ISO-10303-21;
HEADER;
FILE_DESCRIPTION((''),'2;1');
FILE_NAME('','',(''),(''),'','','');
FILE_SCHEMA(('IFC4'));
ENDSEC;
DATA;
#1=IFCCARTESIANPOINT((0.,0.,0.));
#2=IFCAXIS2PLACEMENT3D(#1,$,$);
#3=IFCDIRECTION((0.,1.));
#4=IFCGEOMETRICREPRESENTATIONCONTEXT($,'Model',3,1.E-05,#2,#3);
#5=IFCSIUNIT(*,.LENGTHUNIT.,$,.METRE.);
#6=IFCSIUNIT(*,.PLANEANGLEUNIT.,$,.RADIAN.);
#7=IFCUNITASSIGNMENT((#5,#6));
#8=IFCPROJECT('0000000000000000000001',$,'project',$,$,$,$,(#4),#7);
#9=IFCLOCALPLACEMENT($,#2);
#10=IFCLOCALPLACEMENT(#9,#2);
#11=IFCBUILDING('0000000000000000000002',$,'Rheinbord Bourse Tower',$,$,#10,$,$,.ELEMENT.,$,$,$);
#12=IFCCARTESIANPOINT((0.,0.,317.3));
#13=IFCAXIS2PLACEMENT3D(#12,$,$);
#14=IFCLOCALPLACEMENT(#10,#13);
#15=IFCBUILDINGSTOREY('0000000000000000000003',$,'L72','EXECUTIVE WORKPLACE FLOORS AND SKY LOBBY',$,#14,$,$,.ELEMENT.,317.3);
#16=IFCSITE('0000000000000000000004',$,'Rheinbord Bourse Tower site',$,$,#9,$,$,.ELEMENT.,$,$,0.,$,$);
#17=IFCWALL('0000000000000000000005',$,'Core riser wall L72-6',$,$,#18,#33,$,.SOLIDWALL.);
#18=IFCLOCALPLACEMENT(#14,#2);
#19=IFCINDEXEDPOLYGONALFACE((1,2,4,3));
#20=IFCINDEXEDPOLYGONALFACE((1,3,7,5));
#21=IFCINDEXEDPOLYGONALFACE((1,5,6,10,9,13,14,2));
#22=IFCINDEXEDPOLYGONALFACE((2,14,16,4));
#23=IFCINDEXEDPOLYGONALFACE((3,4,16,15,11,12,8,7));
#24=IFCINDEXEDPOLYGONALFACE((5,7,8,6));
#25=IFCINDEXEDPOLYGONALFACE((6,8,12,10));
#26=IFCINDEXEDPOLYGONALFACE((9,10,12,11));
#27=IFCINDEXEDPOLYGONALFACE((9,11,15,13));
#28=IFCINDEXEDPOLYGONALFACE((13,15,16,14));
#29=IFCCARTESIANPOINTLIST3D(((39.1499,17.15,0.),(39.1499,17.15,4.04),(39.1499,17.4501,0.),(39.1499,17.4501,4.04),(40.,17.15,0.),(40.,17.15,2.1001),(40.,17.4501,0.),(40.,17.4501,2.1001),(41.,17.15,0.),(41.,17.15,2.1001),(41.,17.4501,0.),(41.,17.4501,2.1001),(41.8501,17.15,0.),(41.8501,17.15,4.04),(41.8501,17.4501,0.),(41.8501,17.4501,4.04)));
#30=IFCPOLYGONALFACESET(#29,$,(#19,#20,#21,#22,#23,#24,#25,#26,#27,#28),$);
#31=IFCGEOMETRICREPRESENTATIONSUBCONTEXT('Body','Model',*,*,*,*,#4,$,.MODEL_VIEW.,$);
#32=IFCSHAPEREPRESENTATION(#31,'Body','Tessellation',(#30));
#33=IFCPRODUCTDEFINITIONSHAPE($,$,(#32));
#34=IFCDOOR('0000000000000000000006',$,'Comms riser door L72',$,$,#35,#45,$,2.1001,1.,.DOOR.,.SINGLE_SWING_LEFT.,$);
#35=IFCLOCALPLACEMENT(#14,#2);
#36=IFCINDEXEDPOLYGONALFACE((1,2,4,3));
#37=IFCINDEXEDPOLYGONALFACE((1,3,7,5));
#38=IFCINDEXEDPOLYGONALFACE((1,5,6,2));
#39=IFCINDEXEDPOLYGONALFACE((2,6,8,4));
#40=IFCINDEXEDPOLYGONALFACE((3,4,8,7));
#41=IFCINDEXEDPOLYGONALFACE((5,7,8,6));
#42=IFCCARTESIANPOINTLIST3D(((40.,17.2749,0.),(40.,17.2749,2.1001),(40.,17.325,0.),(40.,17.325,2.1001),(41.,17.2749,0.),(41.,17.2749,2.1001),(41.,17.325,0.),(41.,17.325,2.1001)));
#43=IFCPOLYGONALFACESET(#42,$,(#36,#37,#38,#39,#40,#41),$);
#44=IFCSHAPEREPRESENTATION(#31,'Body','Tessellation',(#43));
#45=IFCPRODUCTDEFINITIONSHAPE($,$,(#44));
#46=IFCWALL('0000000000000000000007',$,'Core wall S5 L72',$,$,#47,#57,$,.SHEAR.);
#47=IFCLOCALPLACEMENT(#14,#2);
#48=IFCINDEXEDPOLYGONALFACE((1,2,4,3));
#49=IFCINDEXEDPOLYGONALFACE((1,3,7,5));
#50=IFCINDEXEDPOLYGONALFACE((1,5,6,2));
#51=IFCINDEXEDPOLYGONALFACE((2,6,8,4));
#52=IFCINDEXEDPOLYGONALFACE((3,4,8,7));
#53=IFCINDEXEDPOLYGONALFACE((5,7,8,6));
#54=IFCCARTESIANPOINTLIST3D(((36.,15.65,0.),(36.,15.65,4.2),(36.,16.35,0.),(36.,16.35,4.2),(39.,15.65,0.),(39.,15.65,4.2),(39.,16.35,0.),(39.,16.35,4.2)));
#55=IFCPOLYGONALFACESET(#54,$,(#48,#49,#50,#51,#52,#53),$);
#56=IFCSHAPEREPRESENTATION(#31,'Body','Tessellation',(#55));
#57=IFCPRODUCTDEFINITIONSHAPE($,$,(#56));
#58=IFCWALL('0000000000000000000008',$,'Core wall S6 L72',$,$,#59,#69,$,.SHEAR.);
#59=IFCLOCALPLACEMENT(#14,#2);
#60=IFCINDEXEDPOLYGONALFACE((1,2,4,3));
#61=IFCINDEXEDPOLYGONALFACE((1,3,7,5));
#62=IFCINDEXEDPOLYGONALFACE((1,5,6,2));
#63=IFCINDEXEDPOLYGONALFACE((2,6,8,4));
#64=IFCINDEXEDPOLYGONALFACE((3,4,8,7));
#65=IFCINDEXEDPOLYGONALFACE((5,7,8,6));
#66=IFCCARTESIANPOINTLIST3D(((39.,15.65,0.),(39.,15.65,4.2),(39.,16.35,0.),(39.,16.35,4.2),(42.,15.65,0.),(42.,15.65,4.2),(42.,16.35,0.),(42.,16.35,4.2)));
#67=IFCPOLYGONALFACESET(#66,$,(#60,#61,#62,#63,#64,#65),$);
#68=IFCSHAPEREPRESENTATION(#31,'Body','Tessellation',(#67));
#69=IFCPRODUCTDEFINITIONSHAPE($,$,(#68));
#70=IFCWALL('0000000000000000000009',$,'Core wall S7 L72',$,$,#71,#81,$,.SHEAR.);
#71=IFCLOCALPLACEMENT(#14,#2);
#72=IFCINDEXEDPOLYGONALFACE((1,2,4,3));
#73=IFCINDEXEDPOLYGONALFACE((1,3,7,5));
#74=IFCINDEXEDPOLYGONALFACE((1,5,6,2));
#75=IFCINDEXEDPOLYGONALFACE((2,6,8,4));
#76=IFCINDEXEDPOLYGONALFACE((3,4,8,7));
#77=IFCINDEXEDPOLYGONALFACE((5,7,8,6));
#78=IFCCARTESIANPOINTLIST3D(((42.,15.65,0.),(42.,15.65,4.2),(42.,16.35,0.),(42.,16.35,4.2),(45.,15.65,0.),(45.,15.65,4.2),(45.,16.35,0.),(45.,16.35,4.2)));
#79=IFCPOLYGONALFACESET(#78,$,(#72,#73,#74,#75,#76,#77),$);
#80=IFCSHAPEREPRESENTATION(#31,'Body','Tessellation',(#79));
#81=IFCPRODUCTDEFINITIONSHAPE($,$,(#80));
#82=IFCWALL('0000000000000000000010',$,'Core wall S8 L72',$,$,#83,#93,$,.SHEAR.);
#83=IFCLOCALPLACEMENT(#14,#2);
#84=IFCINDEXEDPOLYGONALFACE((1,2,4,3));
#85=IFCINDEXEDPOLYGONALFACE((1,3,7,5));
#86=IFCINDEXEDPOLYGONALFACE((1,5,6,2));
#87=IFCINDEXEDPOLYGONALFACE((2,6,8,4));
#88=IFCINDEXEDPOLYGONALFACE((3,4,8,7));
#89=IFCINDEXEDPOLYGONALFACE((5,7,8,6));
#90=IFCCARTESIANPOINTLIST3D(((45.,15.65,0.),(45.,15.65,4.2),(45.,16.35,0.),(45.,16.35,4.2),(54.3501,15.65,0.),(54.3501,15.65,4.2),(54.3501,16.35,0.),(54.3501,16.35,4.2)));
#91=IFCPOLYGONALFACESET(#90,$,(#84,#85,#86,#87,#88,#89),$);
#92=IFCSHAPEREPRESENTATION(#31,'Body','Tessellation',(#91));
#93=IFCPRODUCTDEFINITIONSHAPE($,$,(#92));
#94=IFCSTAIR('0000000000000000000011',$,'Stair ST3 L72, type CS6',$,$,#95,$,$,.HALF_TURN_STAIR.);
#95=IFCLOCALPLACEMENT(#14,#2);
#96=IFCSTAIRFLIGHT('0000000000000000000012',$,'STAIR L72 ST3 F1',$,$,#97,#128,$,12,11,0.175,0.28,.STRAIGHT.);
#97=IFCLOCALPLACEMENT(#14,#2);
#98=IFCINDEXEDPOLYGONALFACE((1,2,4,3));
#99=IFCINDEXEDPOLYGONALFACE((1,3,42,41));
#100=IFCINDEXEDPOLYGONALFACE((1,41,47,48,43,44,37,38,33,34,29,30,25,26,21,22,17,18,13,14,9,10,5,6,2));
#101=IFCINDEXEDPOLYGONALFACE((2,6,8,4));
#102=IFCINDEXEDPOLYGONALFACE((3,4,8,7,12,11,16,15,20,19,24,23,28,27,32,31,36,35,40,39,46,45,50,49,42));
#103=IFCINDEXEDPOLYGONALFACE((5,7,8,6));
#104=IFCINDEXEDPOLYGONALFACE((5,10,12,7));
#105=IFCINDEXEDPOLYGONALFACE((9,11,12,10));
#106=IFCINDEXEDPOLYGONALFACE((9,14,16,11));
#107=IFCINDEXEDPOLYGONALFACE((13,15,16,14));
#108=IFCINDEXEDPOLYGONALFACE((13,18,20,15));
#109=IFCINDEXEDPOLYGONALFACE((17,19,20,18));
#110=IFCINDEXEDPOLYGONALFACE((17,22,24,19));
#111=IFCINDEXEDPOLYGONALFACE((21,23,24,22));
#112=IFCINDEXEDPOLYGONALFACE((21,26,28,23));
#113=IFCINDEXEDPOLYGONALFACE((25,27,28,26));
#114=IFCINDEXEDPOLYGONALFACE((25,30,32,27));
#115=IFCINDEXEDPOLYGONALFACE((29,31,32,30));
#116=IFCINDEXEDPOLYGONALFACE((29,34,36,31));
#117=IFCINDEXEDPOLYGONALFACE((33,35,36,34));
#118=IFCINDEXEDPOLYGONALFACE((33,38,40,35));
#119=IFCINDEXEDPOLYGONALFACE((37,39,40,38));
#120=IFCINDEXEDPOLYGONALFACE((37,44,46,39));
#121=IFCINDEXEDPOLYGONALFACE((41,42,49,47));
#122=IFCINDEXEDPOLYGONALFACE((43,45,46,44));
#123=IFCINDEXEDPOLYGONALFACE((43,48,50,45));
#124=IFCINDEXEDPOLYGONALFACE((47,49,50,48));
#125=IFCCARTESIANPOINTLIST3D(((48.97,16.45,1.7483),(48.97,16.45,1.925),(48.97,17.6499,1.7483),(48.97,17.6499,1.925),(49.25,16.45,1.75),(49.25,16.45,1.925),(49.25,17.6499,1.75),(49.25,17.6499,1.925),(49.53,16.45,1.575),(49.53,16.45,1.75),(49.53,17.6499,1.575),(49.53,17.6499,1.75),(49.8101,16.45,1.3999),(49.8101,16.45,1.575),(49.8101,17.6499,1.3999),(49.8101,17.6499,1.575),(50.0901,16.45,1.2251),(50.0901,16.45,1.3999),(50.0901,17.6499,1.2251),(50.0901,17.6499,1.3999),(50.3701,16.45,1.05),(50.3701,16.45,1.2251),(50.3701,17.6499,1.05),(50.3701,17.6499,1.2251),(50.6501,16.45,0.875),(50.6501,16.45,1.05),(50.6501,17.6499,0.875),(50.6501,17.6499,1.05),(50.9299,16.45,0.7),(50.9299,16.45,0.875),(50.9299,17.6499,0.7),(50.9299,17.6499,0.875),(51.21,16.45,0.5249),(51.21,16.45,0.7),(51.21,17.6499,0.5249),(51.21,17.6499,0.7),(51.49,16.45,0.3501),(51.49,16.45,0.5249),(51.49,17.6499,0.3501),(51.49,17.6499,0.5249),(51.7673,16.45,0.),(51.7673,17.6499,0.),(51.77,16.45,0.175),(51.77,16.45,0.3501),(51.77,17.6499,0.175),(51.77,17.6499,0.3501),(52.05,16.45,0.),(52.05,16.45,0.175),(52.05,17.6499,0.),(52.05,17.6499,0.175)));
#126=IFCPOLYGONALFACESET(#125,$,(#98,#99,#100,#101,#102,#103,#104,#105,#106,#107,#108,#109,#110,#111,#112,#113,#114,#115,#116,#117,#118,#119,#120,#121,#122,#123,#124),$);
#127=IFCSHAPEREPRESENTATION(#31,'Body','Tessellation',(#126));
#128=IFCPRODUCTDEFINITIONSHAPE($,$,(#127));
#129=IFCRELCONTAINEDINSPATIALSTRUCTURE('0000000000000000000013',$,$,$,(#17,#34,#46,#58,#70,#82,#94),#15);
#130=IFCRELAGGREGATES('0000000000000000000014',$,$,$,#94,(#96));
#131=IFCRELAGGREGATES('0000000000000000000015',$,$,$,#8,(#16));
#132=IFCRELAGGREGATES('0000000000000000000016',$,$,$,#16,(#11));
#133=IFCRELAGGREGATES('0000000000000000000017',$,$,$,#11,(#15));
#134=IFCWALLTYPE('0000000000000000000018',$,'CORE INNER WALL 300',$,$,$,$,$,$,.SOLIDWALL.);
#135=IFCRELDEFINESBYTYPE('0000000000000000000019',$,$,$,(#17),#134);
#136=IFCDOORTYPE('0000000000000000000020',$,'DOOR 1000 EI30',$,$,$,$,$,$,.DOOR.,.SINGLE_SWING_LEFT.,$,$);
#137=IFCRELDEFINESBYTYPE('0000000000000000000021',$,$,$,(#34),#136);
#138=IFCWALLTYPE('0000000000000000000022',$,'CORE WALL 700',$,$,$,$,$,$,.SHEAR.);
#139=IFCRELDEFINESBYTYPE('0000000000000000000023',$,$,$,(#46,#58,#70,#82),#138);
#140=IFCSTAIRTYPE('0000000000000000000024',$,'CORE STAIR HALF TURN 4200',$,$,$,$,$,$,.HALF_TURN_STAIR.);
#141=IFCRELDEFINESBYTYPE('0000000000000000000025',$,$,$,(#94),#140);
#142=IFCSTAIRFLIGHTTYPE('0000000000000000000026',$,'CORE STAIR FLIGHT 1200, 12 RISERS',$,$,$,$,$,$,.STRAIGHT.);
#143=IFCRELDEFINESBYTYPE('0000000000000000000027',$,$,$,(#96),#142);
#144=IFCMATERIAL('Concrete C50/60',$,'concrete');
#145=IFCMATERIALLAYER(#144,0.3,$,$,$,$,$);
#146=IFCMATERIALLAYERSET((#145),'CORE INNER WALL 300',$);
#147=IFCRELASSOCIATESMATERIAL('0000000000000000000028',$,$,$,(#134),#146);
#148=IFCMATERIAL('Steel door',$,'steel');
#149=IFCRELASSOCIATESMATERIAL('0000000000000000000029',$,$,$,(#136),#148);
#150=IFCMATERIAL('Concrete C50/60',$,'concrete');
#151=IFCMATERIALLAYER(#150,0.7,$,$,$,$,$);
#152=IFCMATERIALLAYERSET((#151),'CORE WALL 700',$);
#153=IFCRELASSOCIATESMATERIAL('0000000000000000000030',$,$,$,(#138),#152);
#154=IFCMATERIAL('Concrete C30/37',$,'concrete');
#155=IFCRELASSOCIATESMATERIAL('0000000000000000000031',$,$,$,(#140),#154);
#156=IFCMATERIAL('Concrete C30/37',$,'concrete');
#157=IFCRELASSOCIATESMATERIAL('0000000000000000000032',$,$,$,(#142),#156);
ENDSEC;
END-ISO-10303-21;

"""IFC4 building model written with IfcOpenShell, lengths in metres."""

from ifc_helpers import new_model, si_unit, direction, frame, frame_2d, origin, place, context, subcontext, project, spatial, polyline, rectangle, outline, extrude, material, layer, layer_set, type_object, element, fill, aggregate, save


model = new_model("IFC4")

# Units and contexts
model_context = context("Model", 3, precision=1e-05, world=origin(), true_north=direction((0.0, 1.0)))
body_context = subcontext(model_context, "Body", "Model", "MODEL_VIEW")
ifc_project = project(units=[si_unit("LENGTHUNIT", "METRE"), si_unit("PLANEANGLEUNIT", "RADIAN")], contexts=[model_context])

# Site, building, storey
site_placement = place(None, origin())
site = spatial("IfcSite", under=ifc_project, at=site_placement, Name="Rheinbord Bourse Tower site", CompositionType="ELEMENT", RefElevation=0.0)
building_placement = place(site_placement, origin())
building = spatial("IfcBuilding", under=site, at=building_placement, Name="Rheinbord Bourse Tower", CompositionType="ELEMENT")
storey_placement = place(building_placement, frame((0.0, 0.0, 317.3)))
storey = spatial("IfcBuildingStorey", under=building, at=storey_placement, Name="L72", Description="EXECUTIVE WORKPLACE FLOORS AND SKY LOBBY", CompositionType="ELEMENT", Elevation=317.3)

# Shared definitions
ifc_material_1 = material(Name="Concrete C50/60", Category="concrete")
ifc_layer_1 = layer(ifc_material_1, 0.3)
ifc_layer_set_1 = layer_set([ifc_layer_1], Name="CORE INNER WALL 300")
wall_type_1 = type_object("IfcWallType", Name="CORE INNER WALL 300", PredefinedType="SOLIDWALL", material=ifc_layer_set_1)

# Wall, opening, door
wall_1_placement = place(storey_placement, frame((39.1499, 17.3, 0.0), z_axis=(0.0, 0.0, 1.0), x_axis=(1.0, 0.0, 0.0)))
wall_1 = element("IfcWall", 1, at=wall_1_placement, inside=storey, type_object=wall_type_1, Name="Core riser wall L72-6", PredefinedType="SOLIDWALL", context=body_context, shape_type="SweptSolid", body=[
    extrude(rectangle(XDim=2.7002, YDim=0.3, at=frame_2d((1.3501, 0.0))), origin(), (0.0, 0.0, 1.0), 4.04),
])
opening_1_placement = place(wall_1_placement, frame((0.8501, 0.0, 0.0)))
opening_1 = element("IfcOpeningElement", 2, at=opening_1_placement, cuts=wall_1, PredefinedType="OPENING", context=body_context, shape_type="SweptSolid", body=[
    extrude(rectangle(XDim=1.0, YDim=2.1001, at=frame_2d((0.5, 1.05))), frame((0.0, 0.1599, 0.0), z_axis=(0.0, -1.0, 0.0), x_axis=(1.0, 0.0, 0.0)), (0.0, 0.0, 1.0), 0.3201),
])
ifc_material_2 = material(Name="Steel door", Category="steel")
door_type_1 = type_object("IfcDoorType", Name="DOOR 1000 EI30", OperationType="SINGLE_SWING_LEFT", PredefinedType="DOOR", material=ifc_material_2)
door_1_placement = place(opening_1_placement, origin())
door_1 = element("IfcDoor", 3, at=door_1_placement, inside=storey, type_object=door_type_1, Name="Comms riser door L72", OperationType="SINGLE_SWING_LEFT", OverallHeight=2.1001, OverallWidth=1.0, PredefinedType="DOOR", context=body_context, shape_type="SweptSolid", body=[
    extrude(rectangle(XDim=1.0, YDim=2.1001, at=frame_2d((0.5, 1.05))), frame((0.0, 0.0249, 0.0), z_axis=(0.0, -1.0, 0.0), x_axis=(1.0, 0.0, 0.0)), (0.0, 0.0, 1.0), 0.05),
])
fill(opening_1, door_1)

# Walls
ifc_material_3 = material(Name="Concrete C50/60", Category="concrete")
ifc_layer_2 = layer(ifc_material_3, 0.7)
ifc_layer_set_2 = layer_set([ifc_layer_2], Name="CORE WALL 700")
wall_type_2 = type_object("IfcWallType", Name="CORE WALL 700", PredefinedType="SHEAR", material=ifc_layer_set_2)
for number, where, z_axis, x_axis, name in (
    (4, (36.0, 16.0, 0.0), (0.0, 0.0, 1.0), (1.0, 0.0, 0.0), "Core wall S5 L72"),
    (5, (39.0, 16.0, 0.0), (0.0, 0.0, 1.0), (1.0, 0.0, 0.0), "Core wall S6 L72"),
    (6, (42.0, 16.0, 0.0), (0.0, 0.0, 1.0), (1.0, 0.0, 0.0), "Core wall S7 L72"),
):
    element("IfcWall", number, at=place(storey_placement, frame(where, z_axis=z_axis, x_axis=x_axis)), inside=storey, type_object=wall_type_2, Name=name, PredefinedType="SHEAR", context=body_context, shape_type="SweptSolid", body=[
        extrude(rectangle(XDim=3.0, YDim=0.7, at=frame_2d((1.5, 0.0))), origin(), (0.0, 0.0, 1.0), 4.2),
    ])
wall_2_placement = place(storey_placement, frame((45.0, 16.0, 0.0), z_axis=(0.0, 0.0, 1.0), x_axis=(1.0, 0.0, 0.0)))
element("IfcWall", 7, at=wall_2_placement, inside=storey, type_object=wall_type_2, Name="Core wall S8 L72", PredefinedType="SHEAR", context=body_context, shape_type="SweptSolid", body=[
    extrude(rectangle(XDim=9.3501, YDim=0.7, at=frame_2d((4.675, 0.0))), origin(), (0.0, 0.0, 1.0), 4.2),
])

# Stair, stair flight
ifc_material_4 = material(Name="Concrete C30/37", Category="concrete")
stair_type = type_object("IfcStairType", Name="CORE STAIR HALF TURN 4200", PredefinedType="HALF_TURN_STAIR", material=ifc_material_4)
stair_placement = place(storey_placement, origin())
stair = element("IfcStair", 8, at=stair_placement, inside=storey, type_object=stair_type, Name="Stair ST3 L72, type CS6", PredefinedType="HALF_TURN_STAIR")
ifc_material_5 = material(Name="Concrete C30/37", Category="concrete")
stair_flight_type = type_object("IfcStairFlightType", Name="CORE STAIR FLIGHT 1200, 12 RISERS", PredefinedType="STRAIGHT", material=ifc_material_5)
stair_flight_placement = place(storey_placement, frame((52.05, 17.05, 0.0), z_axis=(0.0, 0.0, 1.0), x_axis=(-1.0, 0.0, 0.0)))
stair_flight = element("IfcStairFlight", 9, at=stair_flight_placement, type_object=stair_flight_type, Name="STAIR L72 ST3 F1", NumberOfRisers=12, NumberOfTreads=11, PredefinedType="STRAIGHT", RiserHeight=0.175, TreadLength=0.28, context=body_context, shape_type="SweptSolid", body=[
    extrude(outline(polyline([(0.0, 0.0), (0.0, 0.175), (0.28, 0.175), (0.28, 0.3501), (0.5601, 0.3501), (0.5601, 0.5249), (0.8401, 0.5249), (0.8401, 0.7), (1.1201, 0.7), (1.1201, 0.875), (1.3999, 0.875), (1.3999, 1.05), (1.6799, 1.05), (1.6799, 1.2251), (1.96, 1.2251), (1.96, 1.3999), (2.24, 1.3999), (2.24, 1.575), (2.52, 1.575), (2.52, 1.75), (2.8, 1.75), (2.8, 1.925), (3.0801, 1.925), (3.0801, 2.1001), (3.0801, 1.7483), (0.2827, 0.0), (0.0, 0.0)])), frame((0.0, 0.6001, 0.0), z_axis=(0.0, -1.0, 0.0), x_axis=(1.0, 0.0, 0.0)), (0.0, 0.0, 1.0), 1.2),
])
aggregate(stair, [stair_flight])

save(model, "model.ifc")
